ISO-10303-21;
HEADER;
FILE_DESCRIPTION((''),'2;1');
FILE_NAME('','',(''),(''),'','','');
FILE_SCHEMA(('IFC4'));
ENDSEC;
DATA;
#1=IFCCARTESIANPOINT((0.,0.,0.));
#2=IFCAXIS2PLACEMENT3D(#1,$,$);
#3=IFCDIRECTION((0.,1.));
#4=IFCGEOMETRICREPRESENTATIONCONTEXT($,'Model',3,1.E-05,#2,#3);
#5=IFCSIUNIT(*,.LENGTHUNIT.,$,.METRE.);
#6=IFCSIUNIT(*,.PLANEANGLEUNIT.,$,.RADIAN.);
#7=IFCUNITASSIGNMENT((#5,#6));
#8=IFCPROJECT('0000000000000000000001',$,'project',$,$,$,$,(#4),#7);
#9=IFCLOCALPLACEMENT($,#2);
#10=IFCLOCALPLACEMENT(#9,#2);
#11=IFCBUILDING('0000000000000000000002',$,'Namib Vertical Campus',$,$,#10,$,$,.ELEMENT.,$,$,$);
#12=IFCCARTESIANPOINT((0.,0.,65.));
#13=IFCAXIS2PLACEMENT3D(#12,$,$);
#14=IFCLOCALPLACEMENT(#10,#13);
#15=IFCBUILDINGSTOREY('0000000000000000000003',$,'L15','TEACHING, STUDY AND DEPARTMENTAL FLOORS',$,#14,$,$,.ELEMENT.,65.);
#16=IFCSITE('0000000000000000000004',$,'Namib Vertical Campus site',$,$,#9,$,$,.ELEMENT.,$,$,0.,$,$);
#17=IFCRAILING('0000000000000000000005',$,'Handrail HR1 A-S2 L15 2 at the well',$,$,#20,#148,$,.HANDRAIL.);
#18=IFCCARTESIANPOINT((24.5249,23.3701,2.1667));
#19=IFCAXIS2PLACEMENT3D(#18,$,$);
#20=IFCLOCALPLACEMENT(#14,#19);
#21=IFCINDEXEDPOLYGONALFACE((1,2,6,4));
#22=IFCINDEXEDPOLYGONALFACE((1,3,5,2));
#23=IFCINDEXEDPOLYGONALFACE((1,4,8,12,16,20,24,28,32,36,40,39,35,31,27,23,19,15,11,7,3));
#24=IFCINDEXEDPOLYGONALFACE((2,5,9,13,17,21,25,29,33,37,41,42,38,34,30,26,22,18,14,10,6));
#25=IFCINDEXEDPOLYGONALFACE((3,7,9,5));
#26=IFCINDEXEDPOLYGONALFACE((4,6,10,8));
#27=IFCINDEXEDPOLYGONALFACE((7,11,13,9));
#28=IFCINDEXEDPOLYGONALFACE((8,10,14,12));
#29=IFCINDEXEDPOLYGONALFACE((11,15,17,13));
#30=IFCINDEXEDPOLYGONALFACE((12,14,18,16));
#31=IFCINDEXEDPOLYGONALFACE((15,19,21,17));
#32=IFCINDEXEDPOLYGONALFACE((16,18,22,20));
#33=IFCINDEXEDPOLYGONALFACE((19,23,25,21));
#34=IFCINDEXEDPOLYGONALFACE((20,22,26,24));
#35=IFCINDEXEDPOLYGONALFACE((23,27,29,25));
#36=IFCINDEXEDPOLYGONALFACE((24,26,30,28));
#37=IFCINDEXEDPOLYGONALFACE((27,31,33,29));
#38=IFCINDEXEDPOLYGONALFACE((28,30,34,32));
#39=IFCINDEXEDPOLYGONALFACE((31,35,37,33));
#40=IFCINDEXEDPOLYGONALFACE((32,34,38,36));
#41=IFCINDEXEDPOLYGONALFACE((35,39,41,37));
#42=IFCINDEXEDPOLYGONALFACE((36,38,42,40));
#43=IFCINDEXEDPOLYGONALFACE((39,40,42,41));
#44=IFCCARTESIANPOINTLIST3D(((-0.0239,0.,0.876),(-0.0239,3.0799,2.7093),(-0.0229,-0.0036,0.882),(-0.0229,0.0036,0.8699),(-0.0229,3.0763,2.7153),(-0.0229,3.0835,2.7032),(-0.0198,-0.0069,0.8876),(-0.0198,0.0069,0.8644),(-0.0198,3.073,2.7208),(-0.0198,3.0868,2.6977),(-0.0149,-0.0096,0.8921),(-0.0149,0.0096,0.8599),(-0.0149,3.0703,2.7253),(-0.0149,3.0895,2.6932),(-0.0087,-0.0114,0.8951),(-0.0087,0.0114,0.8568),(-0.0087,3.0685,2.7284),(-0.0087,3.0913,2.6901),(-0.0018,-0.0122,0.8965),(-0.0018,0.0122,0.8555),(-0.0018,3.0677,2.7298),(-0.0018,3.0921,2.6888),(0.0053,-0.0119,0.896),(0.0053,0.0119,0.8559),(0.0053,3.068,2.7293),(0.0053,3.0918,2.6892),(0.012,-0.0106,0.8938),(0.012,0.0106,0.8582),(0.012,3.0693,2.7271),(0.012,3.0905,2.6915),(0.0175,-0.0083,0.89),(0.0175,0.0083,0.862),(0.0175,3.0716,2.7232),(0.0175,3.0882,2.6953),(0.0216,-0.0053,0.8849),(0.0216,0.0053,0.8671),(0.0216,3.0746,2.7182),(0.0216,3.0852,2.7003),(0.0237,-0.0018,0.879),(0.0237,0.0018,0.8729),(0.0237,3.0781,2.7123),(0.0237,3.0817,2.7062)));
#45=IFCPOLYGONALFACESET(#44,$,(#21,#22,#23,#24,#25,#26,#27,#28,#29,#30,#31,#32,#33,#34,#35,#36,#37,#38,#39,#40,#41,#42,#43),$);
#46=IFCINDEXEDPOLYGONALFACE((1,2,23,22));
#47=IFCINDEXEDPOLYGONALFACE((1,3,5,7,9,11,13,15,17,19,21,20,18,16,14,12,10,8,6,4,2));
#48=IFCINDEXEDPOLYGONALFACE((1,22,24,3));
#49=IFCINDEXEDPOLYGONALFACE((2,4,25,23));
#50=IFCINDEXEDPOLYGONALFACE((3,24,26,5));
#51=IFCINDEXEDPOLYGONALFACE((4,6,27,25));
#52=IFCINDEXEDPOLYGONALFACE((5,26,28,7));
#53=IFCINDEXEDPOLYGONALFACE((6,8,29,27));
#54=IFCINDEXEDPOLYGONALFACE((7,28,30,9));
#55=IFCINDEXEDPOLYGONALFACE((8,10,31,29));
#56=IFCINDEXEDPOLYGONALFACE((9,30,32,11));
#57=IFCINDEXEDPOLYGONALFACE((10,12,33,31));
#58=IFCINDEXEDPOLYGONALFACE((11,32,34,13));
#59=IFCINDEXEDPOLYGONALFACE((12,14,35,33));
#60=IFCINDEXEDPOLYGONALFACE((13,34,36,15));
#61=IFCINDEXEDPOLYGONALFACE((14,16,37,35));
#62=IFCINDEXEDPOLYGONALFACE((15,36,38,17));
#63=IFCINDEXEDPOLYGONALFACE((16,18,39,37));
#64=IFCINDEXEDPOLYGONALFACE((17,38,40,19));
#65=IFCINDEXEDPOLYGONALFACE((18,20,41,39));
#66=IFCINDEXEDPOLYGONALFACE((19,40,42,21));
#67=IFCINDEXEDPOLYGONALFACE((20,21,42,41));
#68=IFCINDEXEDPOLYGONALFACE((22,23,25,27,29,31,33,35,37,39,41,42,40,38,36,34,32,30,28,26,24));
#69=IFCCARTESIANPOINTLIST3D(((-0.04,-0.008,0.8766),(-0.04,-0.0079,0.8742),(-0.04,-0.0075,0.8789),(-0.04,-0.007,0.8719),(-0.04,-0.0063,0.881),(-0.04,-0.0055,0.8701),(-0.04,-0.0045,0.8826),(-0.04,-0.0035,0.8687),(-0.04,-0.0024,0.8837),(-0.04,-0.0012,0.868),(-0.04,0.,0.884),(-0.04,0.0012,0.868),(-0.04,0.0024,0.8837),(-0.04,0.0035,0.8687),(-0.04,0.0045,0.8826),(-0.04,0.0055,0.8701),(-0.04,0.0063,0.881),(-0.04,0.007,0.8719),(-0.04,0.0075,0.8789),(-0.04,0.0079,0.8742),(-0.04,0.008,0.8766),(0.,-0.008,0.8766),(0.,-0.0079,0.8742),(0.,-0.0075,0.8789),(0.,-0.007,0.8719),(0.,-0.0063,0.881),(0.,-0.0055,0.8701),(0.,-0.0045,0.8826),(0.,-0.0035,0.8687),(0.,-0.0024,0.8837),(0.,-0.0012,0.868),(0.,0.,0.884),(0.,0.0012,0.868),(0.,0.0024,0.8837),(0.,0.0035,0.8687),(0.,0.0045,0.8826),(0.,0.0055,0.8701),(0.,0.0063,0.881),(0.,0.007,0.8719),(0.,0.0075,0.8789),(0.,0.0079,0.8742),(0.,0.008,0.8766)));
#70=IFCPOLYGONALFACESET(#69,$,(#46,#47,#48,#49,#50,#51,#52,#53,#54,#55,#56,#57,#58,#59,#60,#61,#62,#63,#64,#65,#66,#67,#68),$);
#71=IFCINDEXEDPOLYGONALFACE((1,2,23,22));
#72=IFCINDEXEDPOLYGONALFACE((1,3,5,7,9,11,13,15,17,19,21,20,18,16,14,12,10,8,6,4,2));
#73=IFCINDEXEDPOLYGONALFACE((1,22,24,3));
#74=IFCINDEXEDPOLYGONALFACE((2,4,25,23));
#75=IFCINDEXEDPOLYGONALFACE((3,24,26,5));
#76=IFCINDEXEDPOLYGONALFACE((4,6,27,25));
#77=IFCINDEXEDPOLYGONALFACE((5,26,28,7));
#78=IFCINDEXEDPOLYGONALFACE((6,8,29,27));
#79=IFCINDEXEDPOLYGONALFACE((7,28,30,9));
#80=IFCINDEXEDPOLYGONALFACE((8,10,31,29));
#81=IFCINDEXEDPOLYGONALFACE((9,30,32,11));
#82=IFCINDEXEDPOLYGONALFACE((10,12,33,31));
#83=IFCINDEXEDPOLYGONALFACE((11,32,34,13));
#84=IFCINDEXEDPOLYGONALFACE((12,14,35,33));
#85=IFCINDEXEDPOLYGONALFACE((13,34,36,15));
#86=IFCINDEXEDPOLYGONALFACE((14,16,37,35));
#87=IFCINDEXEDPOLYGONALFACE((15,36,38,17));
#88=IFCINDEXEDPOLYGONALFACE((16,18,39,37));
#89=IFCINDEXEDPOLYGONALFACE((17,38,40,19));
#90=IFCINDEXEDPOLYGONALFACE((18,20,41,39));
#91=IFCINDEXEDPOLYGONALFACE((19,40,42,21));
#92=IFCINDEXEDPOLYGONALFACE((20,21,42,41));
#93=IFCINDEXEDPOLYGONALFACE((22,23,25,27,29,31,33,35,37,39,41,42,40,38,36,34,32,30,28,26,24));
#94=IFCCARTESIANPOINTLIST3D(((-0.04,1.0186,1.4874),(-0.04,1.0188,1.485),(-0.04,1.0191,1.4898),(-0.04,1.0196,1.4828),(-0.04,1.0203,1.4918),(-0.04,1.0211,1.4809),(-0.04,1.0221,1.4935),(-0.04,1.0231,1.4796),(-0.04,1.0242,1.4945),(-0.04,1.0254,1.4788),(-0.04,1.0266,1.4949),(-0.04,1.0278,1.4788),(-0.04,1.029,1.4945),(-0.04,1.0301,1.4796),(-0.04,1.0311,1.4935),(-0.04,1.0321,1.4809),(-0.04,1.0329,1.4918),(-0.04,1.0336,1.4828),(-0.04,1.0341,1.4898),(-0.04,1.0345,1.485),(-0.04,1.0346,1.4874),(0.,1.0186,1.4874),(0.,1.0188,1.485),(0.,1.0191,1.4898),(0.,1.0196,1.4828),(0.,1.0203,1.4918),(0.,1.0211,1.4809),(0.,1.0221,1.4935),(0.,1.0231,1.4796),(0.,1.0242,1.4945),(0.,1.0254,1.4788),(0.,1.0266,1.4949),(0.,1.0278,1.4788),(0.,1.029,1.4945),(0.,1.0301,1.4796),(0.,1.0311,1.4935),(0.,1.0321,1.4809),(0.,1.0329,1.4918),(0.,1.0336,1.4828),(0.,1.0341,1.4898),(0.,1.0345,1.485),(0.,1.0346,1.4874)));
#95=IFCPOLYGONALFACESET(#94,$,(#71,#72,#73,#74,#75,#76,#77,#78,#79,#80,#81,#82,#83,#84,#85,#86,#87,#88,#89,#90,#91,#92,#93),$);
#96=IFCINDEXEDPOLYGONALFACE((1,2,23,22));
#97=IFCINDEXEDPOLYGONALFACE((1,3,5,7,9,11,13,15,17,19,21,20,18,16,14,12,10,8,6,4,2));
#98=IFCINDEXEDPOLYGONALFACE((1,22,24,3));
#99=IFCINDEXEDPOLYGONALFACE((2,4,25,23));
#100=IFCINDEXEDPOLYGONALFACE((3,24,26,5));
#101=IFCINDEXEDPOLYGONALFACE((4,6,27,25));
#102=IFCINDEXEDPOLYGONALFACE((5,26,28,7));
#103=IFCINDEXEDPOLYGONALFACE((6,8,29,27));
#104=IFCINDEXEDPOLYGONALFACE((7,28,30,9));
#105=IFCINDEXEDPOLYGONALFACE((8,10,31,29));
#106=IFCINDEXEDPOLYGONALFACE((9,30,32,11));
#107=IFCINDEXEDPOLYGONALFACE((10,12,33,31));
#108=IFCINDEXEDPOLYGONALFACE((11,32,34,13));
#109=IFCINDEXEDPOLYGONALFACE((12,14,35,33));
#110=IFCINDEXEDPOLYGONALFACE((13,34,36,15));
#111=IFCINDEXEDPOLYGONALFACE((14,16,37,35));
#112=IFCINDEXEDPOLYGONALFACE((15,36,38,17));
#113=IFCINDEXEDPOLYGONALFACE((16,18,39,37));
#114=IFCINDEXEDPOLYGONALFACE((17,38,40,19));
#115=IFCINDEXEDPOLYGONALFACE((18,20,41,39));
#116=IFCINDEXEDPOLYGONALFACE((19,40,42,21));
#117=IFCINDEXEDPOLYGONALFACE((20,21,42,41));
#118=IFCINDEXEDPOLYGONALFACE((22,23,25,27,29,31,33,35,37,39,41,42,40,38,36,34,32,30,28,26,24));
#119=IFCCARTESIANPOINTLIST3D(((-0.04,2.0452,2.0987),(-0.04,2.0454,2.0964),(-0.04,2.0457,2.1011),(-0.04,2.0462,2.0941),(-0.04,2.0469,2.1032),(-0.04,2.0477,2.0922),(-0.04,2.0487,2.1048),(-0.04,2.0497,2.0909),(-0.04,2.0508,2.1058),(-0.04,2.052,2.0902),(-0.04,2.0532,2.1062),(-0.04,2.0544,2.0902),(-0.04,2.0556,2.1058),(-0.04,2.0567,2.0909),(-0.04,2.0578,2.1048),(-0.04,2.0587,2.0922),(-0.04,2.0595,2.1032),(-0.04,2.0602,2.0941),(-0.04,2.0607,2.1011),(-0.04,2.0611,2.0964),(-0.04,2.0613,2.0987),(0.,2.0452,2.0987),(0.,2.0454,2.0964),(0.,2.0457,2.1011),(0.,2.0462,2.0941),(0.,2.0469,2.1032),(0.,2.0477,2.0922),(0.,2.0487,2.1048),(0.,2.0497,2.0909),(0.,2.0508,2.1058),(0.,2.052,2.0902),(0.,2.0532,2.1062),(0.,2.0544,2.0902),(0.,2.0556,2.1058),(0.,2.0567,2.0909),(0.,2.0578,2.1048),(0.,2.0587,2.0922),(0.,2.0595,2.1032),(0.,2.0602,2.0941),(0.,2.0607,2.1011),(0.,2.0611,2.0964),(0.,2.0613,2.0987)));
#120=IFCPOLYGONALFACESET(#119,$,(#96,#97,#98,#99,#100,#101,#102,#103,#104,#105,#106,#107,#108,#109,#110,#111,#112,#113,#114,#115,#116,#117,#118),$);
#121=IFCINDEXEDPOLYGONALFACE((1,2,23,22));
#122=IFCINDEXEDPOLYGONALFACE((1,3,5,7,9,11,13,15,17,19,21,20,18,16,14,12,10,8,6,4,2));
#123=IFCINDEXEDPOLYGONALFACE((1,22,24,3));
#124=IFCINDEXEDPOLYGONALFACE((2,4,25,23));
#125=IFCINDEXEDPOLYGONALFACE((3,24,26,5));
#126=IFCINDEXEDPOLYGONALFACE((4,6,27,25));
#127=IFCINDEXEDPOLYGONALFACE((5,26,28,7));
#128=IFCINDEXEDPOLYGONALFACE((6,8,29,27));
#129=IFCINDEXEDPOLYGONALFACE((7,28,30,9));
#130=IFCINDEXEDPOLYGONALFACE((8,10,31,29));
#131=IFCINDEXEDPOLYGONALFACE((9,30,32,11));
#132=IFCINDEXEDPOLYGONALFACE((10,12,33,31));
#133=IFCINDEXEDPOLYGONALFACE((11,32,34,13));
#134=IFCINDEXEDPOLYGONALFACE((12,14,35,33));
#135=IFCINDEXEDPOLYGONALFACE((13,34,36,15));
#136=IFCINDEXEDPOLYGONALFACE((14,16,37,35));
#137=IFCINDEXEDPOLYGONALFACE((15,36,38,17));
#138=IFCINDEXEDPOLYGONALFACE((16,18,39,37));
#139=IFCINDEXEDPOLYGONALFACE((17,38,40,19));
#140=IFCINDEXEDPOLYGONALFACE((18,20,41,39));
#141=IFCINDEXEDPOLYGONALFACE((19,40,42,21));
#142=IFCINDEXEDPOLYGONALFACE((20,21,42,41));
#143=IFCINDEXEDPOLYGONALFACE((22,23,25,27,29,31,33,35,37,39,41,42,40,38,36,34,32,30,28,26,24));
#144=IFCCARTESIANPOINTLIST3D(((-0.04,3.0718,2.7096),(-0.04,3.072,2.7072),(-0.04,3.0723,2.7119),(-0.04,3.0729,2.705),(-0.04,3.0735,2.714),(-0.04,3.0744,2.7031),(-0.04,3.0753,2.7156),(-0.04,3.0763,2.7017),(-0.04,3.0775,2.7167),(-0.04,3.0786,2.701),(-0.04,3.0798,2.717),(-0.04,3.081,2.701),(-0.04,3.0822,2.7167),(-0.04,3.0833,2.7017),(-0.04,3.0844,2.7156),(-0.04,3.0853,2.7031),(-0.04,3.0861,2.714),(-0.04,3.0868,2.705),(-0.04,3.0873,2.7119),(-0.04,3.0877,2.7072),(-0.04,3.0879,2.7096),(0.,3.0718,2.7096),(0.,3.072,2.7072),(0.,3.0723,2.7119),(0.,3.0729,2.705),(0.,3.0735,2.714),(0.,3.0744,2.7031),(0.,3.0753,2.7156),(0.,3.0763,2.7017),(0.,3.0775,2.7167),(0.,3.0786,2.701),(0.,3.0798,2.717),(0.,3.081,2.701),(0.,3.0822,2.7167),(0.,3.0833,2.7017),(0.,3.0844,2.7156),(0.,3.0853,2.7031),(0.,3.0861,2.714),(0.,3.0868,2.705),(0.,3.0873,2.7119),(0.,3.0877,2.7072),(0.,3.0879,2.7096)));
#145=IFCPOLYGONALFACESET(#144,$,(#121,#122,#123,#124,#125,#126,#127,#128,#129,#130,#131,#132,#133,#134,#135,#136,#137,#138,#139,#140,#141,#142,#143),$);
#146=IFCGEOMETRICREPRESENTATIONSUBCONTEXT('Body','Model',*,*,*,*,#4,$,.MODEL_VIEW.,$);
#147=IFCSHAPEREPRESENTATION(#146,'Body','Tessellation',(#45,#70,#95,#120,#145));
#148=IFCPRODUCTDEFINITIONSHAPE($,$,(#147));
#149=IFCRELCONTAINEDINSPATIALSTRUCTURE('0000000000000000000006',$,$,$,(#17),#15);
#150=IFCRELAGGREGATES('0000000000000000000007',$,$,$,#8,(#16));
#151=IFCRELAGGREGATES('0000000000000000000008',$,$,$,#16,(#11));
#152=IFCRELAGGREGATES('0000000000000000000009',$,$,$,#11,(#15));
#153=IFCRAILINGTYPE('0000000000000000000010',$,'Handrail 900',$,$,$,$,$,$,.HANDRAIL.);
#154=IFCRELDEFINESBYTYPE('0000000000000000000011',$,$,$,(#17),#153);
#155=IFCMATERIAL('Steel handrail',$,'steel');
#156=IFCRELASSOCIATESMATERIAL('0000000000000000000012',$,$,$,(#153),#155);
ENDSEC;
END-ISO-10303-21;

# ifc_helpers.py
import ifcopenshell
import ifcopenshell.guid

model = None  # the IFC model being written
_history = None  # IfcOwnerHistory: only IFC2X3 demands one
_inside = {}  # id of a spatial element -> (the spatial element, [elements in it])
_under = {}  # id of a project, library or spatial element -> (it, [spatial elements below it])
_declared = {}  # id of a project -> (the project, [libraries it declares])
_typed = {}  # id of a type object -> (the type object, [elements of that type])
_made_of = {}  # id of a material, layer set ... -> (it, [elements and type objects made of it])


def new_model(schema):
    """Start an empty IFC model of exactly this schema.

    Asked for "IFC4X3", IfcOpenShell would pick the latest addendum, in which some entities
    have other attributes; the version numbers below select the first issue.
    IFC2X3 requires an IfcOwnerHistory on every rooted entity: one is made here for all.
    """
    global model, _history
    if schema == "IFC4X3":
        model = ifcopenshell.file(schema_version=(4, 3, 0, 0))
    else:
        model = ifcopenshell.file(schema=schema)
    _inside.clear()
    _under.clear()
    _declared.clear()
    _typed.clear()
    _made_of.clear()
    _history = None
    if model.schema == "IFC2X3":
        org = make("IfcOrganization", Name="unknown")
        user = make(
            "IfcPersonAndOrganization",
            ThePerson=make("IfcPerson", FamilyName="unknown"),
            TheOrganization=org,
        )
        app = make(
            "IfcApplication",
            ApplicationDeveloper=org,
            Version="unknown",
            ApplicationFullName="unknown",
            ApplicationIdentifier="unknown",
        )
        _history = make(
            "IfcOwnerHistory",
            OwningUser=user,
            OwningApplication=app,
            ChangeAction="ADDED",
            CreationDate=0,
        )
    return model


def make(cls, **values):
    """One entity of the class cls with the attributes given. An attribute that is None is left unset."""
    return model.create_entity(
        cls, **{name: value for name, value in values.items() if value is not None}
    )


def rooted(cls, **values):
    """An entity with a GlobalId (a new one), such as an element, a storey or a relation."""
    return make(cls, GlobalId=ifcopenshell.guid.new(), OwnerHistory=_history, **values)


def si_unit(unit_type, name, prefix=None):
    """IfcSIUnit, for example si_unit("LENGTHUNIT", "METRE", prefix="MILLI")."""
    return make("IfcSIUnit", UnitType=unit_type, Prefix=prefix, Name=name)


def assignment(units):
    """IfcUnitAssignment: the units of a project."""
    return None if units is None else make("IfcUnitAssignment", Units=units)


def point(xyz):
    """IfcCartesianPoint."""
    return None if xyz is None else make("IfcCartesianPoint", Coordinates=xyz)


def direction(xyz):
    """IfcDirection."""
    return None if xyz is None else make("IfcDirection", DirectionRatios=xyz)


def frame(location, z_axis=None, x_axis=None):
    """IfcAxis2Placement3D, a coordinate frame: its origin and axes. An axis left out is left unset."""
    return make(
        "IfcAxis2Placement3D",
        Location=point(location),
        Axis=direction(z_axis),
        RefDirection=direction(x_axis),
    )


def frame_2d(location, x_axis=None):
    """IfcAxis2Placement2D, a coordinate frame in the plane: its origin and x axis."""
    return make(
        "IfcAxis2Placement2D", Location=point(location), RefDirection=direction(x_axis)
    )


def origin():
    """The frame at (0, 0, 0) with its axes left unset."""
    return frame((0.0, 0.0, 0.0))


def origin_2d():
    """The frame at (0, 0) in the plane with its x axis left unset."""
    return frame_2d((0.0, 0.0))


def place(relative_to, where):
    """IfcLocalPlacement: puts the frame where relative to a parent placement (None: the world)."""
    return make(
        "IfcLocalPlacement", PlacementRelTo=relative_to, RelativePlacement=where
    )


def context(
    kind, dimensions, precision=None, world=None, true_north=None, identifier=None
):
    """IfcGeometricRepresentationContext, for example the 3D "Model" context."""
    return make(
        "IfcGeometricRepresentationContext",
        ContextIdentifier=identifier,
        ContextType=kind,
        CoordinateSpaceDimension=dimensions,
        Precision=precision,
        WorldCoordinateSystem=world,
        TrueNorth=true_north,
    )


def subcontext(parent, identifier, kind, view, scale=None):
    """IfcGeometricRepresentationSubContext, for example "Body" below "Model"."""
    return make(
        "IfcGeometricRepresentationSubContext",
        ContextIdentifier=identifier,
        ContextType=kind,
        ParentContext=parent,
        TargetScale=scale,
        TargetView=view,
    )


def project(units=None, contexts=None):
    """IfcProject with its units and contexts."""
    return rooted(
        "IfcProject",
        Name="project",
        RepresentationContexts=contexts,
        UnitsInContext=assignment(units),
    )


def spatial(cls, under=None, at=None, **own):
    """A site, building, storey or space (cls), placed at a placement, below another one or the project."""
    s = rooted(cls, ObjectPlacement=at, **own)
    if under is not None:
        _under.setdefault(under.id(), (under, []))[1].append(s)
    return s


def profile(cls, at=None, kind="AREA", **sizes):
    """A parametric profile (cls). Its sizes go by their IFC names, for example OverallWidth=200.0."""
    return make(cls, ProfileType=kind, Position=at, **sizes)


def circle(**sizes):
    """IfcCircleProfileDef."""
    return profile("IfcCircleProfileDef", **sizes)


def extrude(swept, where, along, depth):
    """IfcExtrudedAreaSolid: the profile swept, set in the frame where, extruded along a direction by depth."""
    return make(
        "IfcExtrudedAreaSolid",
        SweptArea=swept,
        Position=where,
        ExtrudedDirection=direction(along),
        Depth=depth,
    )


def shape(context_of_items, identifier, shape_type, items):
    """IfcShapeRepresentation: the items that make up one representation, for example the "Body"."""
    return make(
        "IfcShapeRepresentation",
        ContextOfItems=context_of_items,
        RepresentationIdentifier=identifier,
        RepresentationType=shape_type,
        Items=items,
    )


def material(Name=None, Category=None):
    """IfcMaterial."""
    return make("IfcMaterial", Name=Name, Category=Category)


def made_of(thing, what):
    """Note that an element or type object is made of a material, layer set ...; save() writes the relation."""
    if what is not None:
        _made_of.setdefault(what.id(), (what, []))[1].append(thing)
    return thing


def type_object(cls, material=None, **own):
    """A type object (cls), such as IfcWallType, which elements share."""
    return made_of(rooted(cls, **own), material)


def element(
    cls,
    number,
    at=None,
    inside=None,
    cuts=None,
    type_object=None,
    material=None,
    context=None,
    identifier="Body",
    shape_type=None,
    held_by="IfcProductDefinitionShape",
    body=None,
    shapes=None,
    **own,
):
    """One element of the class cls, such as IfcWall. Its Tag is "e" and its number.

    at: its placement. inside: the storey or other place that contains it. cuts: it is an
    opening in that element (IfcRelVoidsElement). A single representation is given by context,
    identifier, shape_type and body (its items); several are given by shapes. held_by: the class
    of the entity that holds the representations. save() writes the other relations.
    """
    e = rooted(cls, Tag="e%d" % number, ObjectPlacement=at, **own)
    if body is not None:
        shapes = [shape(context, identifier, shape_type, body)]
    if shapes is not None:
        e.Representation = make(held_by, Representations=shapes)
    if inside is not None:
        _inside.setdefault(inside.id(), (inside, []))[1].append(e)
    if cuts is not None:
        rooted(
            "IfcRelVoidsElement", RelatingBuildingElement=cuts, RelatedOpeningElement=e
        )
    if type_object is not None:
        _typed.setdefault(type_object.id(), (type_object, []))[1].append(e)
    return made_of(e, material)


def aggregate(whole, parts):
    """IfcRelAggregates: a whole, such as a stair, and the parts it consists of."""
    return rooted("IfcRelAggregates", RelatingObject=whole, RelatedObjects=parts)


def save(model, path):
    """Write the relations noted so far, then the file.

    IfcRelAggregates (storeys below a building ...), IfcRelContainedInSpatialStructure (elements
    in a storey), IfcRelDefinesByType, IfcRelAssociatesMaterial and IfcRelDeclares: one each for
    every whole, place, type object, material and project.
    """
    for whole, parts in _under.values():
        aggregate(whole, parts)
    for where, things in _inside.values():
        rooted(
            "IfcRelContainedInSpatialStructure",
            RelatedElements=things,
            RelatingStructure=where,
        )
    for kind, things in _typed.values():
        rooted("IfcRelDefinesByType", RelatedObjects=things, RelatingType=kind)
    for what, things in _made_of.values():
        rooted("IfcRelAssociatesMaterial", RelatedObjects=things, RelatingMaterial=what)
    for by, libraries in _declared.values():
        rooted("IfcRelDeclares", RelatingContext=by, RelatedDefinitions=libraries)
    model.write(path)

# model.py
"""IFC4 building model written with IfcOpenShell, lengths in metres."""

from ifc_helpers import new_model, si_unit, direction, frame, origin, origin_2d, place, context, subcontext, project, spatial, circle, extrude, material, type_object, element, save


model = new_model("IFC4")

# Units and contexts
model_context = context("Model", 3, precision=1e-05, world=origin(), true_north=direction((0.0, 1.0)))
body_context = subcontext(model_context, "Body", "Model", "MODEL_VIEW")
ifc_project = project(units=[si_unit("LENGTHUNIT", "METRE"), si_unit("PLANEANGLEUNIT", "RADIAN")], contexts=[model_context])

# Site, building, storey
site_placement = place(None, origin())
site = spatial("IfcSite", under=ifc_project, at=site_placement, Name="Namib Vertical Campus site", CompositionType="ELEMENT", RefElevation=0.0)
building_placement = place(site_placement, origin())
building = spatial("IfcBuilding", under=site, at=building_placement, Name="Namib Vertical Campus", CompositionType="ELEMENT")
storey_placement = place(building_placement, frame((0.0, 0.0, 65.0)))
storey = spatial("IfcBuildingStorey", under=building, at=storey_placement, Name="L15", Description="TEACHING, STUDY AND DEPARTMENTAL FLOORS", CompositionType="ELEMENT", Elevation=65.0)

# Railing
ifc_material_1 = material(Name="Steel handrail", Category="steel")
railing_type_1 = type_object("IfcRailingType", Name="Handrail 900", PredefinedType="HANDRAIL", material=ifc_material_1)
railing_1_placement = place(storey_placement, frame((24.5249, 23.3701, 2.1667)))
element("IfcRailing", 1, at=railing_1_placement, inside=storey, type_object=railing_type_1, Name="Handrail HR1 A-S2 L15 2 at the well", PredefinedType="HANDRAIL", context=body_context, shape_type="SweptSolid", body=[
    extrude(circle(Radius=0.0239, at=origin_2d()), frame((0.0, 0.0, 0.876), z_axis=(0.0, 0.859291, 0.511487), x_axis=(-1.0, 0.0, 0.0)), (0.0, 0.0, 1.0), 3.5842),
    extrude(circle(Radius=0.0081, at=origin_2d()), frame((0.0, 0.0, 0.876), z_axis=(-1.0, 0.0, 0.0), x_axis=(0.0, 0.0, 1.0)), (0.0, 0.0, 1.0), 0.04),
    extrude(circle(Radius=0.0081, at=origin_2d()), frame((0.0, 1.0266, 1.4868), z_axis=(-1.0, 0.0, 0.0), x_axis=(0.0, 0.0, 1.0)), (0.0, 0.0, 1.0), 0.04),
    extrude(circle(Radius=0.0081, at=origin_2d()), frame((0.0, 2.0532, 2.0981), z_axis=(-1.0, 0.0, 0.0), x_axis=(0.0, 0.0, 1.0)), (0.0, 0.0, 1.0), 0.04),
    extrude(circle(Radius=0.0081, at=origin_2d()), frame((0.0, 3.0798, 2.709), z_axis=(-1.0, 0.0, 0.0), x_axis=(0.0, 0.0, 1.0)), (0.0, 0.0, 1.0), 0.04),
])

save(model, "model.ifc")
